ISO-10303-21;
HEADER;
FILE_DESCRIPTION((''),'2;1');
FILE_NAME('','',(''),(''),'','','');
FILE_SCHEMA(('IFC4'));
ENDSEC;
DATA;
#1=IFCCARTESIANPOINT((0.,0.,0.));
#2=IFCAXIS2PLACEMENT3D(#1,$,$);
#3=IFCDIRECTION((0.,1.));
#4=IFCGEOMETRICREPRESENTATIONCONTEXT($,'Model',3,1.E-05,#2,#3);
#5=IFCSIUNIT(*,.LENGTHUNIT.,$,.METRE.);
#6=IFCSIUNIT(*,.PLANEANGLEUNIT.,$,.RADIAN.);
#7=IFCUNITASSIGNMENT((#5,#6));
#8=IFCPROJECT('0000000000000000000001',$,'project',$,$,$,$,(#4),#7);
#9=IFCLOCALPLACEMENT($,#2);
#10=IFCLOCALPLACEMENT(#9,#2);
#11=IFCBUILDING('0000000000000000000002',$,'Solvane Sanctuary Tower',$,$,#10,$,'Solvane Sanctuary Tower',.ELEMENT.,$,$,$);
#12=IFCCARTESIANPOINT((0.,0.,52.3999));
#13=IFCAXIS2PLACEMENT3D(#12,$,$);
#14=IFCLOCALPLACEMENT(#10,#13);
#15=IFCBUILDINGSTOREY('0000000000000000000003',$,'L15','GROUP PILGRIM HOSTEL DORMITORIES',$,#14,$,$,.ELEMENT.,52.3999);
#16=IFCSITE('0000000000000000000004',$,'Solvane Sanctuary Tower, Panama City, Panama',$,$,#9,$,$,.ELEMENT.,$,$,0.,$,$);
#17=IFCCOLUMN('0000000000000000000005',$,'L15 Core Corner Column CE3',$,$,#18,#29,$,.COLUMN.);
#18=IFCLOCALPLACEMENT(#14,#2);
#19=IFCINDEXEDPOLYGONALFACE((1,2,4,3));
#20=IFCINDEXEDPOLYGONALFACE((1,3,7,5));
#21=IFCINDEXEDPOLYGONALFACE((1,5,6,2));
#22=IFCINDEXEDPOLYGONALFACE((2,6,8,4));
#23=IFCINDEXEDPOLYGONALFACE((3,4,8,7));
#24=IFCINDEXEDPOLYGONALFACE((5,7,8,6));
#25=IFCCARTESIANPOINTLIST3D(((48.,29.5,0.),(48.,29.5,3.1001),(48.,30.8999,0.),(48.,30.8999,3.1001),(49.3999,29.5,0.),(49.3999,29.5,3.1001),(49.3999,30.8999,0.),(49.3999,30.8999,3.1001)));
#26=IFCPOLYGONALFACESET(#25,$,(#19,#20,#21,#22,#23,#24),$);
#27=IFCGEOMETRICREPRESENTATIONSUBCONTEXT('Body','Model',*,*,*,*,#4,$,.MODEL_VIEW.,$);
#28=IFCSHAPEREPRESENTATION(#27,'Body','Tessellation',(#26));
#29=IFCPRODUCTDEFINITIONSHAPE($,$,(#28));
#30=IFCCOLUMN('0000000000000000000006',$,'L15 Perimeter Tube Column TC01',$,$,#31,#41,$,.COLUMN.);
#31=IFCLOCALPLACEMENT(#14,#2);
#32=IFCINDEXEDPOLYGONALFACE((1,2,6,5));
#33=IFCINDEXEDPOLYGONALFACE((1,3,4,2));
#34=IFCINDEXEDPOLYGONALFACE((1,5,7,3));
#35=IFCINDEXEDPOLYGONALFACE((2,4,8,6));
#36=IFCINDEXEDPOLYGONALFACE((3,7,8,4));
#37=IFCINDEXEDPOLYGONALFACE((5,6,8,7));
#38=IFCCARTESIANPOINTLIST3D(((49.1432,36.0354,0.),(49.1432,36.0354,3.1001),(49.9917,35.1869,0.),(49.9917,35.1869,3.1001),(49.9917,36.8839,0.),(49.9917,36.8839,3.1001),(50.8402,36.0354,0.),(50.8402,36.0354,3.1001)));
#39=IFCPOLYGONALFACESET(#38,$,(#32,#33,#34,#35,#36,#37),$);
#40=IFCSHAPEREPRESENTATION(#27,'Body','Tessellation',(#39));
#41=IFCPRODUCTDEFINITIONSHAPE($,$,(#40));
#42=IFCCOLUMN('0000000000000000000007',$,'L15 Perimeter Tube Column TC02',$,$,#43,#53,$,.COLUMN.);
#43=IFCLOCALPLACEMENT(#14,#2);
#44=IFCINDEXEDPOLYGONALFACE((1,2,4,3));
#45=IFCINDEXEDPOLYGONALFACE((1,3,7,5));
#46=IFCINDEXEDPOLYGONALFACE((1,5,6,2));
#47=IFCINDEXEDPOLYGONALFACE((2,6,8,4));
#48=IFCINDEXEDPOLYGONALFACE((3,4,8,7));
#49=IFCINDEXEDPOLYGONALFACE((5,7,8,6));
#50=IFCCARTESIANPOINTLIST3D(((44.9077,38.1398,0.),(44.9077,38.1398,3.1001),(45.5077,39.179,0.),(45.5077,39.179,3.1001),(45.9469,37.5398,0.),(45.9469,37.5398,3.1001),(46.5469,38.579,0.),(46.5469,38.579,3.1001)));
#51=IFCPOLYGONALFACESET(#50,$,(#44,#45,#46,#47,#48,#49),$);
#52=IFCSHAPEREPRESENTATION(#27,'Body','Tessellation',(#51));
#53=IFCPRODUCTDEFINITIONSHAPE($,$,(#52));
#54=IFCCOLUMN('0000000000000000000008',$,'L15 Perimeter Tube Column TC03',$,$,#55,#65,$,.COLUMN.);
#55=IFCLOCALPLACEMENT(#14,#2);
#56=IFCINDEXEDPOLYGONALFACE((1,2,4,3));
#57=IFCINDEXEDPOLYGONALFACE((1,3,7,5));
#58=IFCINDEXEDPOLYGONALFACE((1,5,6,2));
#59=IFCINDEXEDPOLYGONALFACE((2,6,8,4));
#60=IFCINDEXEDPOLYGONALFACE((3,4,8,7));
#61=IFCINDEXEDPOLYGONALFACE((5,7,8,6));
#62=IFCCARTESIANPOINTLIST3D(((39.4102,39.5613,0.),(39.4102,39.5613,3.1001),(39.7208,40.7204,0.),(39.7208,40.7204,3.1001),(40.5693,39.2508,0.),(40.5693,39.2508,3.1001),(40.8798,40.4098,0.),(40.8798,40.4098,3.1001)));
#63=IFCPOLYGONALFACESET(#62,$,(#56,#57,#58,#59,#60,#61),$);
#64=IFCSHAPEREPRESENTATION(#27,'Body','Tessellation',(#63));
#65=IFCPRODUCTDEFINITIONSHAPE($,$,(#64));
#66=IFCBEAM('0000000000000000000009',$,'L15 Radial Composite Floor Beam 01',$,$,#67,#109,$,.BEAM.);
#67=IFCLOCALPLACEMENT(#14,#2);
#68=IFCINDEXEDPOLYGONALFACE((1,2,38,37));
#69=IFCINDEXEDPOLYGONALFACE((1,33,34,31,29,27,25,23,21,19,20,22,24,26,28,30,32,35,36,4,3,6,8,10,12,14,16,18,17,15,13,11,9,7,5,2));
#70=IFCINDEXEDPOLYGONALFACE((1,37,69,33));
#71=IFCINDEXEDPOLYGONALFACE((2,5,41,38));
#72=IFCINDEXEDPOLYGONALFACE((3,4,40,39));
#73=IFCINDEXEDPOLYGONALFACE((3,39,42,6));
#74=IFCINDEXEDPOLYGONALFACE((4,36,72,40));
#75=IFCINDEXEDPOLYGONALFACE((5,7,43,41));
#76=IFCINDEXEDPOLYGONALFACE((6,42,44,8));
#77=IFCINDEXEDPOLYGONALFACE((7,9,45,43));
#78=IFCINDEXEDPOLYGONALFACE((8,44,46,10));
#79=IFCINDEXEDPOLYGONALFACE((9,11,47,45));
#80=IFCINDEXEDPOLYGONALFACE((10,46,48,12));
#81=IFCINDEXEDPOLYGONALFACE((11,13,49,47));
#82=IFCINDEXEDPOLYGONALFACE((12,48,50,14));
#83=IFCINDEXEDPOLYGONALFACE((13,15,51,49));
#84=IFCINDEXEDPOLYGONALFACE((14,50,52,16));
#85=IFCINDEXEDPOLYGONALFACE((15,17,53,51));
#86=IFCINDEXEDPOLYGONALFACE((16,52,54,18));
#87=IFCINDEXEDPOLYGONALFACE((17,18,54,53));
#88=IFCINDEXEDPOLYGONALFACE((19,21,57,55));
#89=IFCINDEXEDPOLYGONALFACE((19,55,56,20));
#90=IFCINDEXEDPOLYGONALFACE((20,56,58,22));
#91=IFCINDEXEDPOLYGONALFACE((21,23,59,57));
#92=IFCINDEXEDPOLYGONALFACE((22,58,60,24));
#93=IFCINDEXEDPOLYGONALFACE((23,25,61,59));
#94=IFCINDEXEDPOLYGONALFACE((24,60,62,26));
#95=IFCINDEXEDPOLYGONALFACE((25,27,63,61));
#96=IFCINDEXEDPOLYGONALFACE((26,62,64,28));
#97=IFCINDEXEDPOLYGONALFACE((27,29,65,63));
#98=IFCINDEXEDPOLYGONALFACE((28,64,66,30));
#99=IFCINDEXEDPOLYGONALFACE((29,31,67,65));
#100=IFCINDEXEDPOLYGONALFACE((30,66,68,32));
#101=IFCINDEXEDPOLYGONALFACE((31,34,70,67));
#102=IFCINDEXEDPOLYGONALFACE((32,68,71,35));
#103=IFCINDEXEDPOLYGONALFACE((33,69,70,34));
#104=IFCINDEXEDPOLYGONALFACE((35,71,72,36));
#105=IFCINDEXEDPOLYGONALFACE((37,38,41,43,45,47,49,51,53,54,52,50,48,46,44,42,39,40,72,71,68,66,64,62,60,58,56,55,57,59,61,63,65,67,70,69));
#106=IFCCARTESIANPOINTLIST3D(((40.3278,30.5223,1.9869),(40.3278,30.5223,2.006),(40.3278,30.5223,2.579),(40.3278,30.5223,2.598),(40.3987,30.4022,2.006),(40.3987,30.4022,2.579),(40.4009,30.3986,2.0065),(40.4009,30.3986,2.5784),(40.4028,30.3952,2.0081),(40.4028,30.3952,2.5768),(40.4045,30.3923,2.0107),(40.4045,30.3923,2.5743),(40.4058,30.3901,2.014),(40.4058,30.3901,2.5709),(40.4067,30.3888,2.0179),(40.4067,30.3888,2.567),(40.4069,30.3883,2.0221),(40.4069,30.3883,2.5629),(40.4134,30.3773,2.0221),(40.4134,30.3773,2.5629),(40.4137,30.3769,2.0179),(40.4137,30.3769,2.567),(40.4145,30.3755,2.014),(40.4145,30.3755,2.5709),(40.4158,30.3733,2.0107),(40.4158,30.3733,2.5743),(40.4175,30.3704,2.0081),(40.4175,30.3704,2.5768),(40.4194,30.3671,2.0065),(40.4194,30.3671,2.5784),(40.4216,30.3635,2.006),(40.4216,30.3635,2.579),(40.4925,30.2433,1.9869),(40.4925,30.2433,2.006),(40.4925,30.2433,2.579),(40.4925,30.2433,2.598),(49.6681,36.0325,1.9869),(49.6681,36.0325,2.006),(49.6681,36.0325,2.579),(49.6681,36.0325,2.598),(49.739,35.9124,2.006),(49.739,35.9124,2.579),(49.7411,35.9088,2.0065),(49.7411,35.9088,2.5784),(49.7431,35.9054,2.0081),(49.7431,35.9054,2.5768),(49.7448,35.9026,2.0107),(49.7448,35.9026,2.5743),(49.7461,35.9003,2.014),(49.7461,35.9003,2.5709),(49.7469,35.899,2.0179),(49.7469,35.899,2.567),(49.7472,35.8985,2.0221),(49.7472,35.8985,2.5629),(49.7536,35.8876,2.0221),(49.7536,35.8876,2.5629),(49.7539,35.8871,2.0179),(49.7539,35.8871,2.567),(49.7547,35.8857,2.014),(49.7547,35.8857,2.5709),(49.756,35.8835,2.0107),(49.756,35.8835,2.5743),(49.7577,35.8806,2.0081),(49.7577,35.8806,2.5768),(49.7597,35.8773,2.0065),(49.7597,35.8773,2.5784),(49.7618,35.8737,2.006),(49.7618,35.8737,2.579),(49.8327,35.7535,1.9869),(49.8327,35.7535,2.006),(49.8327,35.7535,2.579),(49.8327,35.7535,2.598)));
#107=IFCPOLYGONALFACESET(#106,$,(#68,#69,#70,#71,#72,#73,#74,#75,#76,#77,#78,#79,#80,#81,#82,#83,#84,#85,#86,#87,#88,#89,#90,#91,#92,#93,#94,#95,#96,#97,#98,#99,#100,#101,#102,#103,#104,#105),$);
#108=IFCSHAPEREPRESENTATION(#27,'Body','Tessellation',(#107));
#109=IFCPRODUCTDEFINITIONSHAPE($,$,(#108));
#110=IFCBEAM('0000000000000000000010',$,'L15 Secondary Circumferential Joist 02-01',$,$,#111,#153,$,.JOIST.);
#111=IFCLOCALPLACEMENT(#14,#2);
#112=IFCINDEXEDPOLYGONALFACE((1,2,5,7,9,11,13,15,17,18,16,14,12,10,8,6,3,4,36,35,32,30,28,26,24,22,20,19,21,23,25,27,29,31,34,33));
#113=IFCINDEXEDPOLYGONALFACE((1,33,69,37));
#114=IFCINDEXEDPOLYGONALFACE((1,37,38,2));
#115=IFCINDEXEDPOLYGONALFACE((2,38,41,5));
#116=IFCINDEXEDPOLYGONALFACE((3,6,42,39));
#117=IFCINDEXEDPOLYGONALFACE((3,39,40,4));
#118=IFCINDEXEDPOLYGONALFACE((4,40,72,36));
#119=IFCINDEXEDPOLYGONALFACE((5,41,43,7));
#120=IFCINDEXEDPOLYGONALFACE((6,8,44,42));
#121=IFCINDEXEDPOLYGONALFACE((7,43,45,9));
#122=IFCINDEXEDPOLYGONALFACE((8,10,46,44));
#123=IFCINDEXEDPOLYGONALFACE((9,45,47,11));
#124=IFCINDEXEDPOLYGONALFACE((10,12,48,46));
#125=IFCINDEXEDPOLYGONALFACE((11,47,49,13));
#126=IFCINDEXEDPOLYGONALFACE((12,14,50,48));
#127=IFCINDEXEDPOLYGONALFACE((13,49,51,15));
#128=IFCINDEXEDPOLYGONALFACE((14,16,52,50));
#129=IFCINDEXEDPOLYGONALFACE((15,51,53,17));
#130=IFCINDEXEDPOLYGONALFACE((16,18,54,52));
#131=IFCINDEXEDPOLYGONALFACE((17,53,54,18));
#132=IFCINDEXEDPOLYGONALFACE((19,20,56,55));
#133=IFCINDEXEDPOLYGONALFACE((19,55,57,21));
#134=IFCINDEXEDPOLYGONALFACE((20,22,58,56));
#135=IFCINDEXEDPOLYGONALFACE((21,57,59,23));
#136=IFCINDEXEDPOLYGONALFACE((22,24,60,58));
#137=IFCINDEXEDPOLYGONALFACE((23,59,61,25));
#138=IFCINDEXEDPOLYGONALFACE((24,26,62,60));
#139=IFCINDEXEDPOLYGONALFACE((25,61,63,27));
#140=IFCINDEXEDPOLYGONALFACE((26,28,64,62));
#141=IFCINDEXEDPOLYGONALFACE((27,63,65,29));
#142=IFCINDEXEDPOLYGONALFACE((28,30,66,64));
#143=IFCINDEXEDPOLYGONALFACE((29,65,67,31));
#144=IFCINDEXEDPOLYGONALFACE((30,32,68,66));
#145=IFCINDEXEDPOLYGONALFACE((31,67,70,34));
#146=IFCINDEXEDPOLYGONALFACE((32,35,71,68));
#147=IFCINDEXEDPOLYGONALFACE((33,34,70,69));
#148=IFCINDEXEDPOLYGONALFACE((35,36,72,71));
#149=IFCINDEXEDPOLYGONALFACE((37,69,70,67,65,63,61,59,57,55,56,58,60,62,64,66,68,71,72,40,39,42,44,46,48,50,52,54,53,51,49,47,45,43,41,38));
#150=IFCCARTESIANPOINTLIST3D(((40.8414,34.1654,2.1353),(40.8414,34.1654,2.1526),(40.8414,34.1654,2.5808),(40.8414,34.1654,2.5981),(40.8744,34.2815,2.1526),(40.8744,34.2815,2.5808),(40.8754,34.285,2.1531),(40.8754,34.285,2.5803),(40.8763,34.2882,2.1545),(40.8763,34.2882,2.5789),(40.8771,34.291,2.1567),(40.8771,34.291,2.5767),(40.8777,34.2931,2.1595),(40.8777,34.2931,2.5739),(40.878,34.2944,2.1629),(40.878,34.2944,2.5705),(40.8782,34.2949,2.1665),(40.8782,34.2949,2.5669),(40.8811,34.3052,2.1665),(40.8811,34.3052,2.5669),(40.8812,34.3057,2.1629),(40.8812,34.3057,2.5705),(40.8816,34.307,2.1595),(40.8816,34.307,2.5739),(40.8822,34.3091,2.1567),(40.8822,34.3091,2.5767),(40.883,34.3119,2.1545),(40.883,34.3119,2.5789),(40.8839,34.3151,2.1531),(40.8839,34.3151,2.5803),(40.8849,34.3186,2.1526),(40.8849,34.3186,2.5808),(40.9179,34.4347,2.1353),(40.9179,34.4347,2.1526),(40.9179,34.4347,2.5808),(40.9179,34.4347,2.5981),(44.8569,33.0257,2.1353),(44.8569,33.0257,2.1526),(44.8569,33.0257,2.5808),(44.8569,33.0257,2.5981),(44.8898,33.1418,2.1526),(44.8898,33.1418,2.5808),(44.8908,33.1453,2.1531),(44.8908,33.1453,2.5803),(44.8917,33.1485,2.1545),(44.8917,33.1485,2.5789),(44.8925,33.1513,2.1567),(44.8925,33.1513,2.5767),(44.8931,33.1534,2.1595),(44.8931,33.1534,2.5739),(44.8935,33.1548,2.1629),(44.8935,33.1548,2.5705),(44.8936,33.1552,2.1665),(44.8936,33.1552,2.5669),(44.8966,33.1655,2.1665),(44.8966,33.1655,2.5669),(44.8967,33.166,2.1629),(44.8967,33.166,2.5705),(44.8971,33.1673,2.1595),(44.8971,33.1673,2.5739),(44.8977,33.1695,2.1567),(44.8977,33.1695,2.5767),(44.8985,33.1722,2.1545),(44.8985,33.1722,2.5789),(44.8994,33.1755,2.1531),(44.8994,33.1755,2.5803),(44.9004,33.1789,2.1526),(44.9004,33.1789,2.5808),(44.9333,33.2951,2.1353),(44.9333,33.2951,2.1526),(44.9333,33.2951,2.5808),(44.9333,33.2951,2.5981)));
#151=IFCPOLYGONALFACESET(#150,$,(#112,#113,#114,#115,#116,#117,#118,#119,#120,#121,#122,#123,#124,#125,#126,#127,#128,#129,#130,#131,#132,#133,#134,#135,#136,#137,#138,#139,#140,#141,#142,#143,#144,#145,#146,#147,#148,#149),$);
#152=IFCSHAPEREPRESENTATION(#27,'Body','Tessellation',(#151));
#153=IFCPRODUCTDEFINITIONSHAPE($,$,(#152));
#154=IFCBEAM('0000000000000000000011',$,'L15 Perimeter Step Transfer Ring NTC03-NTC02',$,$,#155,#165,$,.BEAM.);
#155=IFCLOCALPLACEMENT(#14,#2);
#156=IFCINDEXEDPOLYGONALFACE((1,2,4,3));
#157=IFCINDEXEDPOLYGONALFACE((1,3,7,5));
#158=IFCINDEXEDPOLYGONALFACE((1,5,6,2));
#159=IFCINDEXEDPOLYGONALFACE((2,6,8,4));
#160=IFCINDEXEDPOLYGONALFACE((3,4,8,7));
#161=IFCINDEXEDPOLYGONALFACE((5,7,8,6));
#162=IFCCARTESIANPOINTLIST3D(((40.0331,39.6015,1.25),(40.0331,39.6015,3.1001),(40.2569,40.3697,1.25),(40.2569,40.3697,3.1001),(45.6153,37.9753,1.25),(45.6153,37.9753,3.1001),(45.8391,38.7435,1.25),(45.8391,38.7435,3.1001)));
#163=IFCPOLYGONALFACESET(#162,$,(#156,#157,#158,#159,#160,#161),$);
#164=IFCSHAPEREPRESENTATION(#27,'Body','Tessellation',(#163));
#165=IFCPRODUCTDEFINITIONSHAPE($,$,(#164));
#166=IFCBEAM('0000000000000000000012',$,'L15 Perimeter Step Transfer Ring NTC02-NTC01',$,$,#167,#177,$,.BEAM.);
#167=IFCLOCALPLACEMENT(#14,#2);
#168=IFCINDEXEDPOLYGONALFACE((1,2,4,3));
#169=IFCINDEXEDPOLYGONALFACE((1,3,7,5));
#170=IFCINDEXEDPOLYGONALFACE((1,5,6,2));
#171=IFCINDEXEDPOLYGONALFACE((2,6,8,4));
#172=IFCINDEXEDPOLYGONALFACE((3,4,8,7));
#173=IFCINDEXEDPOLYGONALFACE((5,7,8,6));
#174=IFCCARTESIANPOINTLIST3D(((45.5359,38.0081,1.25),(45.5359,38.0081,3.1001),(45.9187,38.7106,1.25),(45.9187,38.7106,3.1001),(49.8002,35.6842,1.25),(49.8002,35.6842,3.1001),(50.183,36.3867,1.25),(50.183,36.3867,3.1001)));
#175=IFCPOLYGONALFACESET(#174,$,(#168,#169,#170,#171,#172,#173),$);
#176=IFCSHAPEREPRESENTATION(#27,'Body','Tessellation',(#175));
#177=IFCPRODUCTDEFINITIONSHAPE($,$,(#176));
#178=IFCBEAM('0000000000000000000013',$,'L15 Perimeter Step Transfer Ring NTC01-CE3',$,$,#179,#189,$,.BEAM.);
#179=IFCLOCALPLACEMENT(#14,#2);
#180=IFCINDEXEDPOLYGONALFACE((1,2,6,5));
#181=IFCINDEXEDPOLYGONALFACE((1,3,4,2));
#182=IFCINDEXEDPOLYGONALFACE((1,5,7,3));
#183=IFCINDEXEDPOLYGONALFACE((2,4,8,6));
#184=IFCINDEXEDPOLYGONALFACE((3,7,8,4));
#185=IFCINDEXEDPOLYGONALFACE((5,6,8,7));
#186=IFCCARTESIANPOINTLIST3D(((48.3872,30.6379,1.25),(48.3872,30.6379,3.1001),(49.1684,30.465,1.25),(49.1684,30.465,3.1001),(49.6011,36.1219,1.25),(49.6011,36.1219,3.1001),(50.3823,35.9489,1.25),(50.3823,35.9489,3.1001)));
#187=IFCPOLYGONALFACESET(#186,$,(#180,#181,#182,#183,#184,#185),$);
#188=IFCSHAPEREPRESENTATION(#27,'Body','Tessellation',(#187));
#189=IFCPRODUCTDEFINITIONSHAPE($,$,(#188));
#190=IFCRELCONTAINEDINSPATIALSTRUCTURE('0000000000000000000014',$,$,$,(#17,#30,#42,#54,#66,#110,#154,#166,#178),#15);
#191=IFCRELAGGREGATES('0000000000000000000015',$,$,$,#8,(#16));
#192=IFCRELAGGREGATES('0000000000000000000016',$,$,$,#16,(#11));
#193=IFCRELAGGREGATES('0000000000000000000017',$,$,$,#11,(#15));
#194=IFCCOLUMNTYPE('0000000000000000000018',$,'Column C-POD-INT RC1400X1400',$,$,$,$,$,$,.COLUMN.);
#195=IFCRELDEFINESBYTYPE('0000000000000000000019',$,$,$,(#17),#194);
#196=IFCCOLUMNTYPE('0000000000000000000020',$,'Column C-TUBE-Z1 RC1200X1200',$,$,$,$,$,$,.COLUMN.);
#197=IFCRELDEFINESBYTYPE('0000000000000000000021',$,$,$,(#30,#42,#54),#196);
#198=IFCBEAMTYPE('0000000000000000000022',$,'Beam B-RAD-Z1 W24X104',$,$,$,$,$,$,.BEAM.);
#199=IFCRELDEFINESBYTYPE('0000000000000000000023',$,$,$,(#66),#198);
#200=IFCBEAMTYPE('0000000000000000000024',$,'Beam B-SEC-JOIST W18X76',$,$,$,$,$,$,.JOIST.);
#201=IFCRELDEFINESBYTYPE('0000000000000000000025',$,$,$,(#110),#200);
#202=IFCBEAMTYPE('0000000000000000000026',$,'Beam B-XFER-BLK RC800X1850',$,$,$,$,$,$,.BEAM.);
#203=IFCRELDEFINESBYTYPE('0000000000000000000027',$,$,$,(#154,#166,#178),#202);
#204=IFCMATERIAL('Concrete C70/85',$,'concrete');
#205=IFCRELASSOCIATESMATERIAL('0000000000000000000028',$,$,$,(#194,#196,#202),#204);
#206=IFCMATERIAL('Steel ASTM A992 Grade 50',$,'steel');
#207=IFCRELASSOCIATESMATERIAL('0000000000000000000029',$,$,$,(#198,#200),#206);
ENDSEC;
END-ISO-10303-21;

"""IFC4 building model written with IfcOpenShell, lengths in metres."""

from ifc_helpers import new_model, si_unit, direction, frame, origin, origin_2d, place, context, subcontext, project, spatial, rectangle, i_section, extrude, material, material_profile, profile_set, type_object, element, save


model = new_model("IFC4")

# Units and contexts
model_context = context("Model", 3, precision=1e-05, world=origin(), true_north=direction((0.0, 1.0)))
body_context = subcontext(model_context, "Body", "Model", "MODEL_VIEW")
ifc_project = project(units=[si_unit("LENGTHUNIT", "METRE"), si_unit("PLANEANGLEUNIT", "RADIAN")], contexts=[model_context])

# Site, building, storey
site_placement = place(None, origin())
site = spatial("IfcSite", under=ifc_project, at=site_placement, Name="Solvane Sanctuary Tower, Panama City, Panama", CompositionType="ELEMENT", RefElevation=0.0)
building_placement = place(site_placement, origin())
building = spatial("IfcBuilding", under=site, at=building_placement, Name="Solvane Sanctuary Tower", LongName="Solvane Sanctuary Tower", CompositionType="ELEMENT")
storey_placement = place(building_placement, frame((0.0, 0.0, 52.3999)))
storey = spatial("IfcBuildingStorey", under=building, at=storey_placement, Name="L15", Description="GROUP PILGRIM HOSTEL DORMITORIES", CompositionType="ELEMENT", Elevation=52.3999)

# Columns
ifc_material_1 = material(Name="Concrete C70/85", Category="concrete")
ifc_material_profile_1 = material_profile(ifc_material_1, rectangle(XDim=1.3999, YDim=1.3999, at=origin_2d()), Name="RC1400X1400")
ifc_profile_set_1 = profile_set([ifc_material_profile_1], Name="Concrete C70/85")
column_type_1 = type_object("IfcColumnType", Name="Column C-POD-INT RC1400X1400", PredefinedType="COLUMN", material=ifc_profile_set_1)
column_placement = place(storey_placement, frame((48.7, 30.2, 0.0), z_axis=(0.0, 0.0, 1.0), x_axis=(1.0, 0.0, 0.0)))
element("IfcColumn", 1, at=column_placement, inside=storey, type_object=column_type_1, Name="L15 Core Corner Column CE3", PredefinedType="COLUMN", context=body_context, shape_type="SweptSolid", body=[
    extrude(rectangle(XDim=1.3999, YDim=1.3999, at=origin_2d()), origin(), (0.0, 0.0, 1.0), 3.1001),
])
ifc_material_profile_2 = material_profile(ifc_material_1, rectangle(XDim=1.2, YDim=1.2, at=origin_2d()), Name="RC1200X1200")
ifc_profile_set_2 = profile_set([ifc_material_profile_2], Name="Concrete C70/85")
column_type_2 = type_object("IfcColumnType", Name="Column C-TUBE-Z1 RC1200X1200", PredefinedType="COLUMN", material=ifc_profile_set_2)
for number, where, z_axis, x_axis, name in (
    (2, (49.9917, 36.0354, 0.0), (0.0, 0.0, 1.0), (0.707107, 0.707107, 0.0), "L15 Perimeter Tube Column TC01"),
    (3, (45.7273, 38.3594, 0.0), (0.0, 0.0, 1.0), (0.5, 0.866025, 0.0), "L15 Perimeter Tube Column TC02"),
    (4, (40.145, 39.9856, 0.0), (0.0, 0.0, 1.0), (0.258819, 0.965926, 0.0), "L15 Perimeter Tube Column TC03"),
):
    element("IfcColumn", number, at=place(storey_placement, frame(where, z_axis=z_axis, x_axis=x_axis)), inside=storey, type_object=column_type_2, Name=name, PredefinedType="COLUMN", context=body_context, shape_type="SweptSolid", body=[
        extrude(rectangle(XDim=1.2, YDim=1.2, at=origin_2d()), origin(), (0.0, 0.0, 1.0), 3.1001),
    ])

# Beams
ifc_material_2 = material(Name="Steel ASTM A992 Grade 50", Category="steel")
ifc_material_profile_3 = material_profile(ifc_material_2, i_section(OverallWidth=0.324, OverallDepth=0.6111, WebThickness=0.0127, FlangeThickness=0.019, FilletRadius=0.0161, at=origin_2d()), Name="W24X104")
ifc_profile_set_3 = profile_set([ifc_material_profile_3], Name="Steel ASTM A992 Grade 50")
beam_type_1 = type_object("IfcBeamType", Name="Beam B-RAD-Z1 W24X104", PredefinedType="BEAM", material=ifc_profile_set_3)
beam_1_placement = place(storey_placement, frame((40.4102, 30.3828, 2.2925), z_axis=(0.861291, 0.508112, 0.0), x_axis=(-0.508112, 0.861291, 0.0)))
element("IfcBeam", 5, at=beam_1_placement, inside=storey, type_object=beam_type_1, Name="L15 Radial Composite Floor Beam 01", PredefinedType="BEAM", context=body_context, shape_type="SweptSolid", body=[
    extrude(i_section(OverallWidth=0.324, OverallDepth=0.6111, WebThickness=0.0127, FlangeThickness=0.019, FilletRadius=0.0161, at=origin_2d()), origin(), (0.0, 0.0, 1.0), 10.8445),
])
ifc_material_profile_4 = material_profile(ifc_material_2, i_section(OverallWidth=0.28, OverallDepth=0.4629, WebThickness=0.0107, FlangeThickness=0.0173, FilletRadius=0.0139, at=origin_2d()), Name="W18X76")
ifc_profile_set_4 = profile_set([ifc_material_profile_4], Name="Steel ASTM A992 Grade 50")
beam_type_2 = type_object("IfcBeamType", Name="Beam B-SEC-JOIST W18X76", PredefinedType="JOIST", material=ifc_profile_set_4)
beam_2_placement = place(storey_placement, frame((40.8796, 34.3, 2.3667), z_axis=(0.962004, -0.273037, 0.0), x_axis=(0.273037, 0.962004, 0.0)))
element("IfcBeam", 6, at=beam_2_placement, inside=storey, type_object=beam_type_2, Name="L15 Secondary Circumferential Joist 02-01", PredefinedType="JOIST", context=body_context, shape_type="SweptSolid", body=[
    extrude(i_section(OverallWidth=0.28, OverallDepth=0.4629, WebThickness=0.0107, FlangeThickness=0.0173, FilletRadius=0.0139, at=origin_2d()), origin(), (0.0, 0.0, 1.0), 4.1741),
])
ifc_material_profile_5 = material_profile(ifc_material_1, rectangle(XDim=0.8, YDim=1.8501, at=origin_2d()), Name="RC800X1850")
ifc_profile_set_5 = profile_set([ifc_material_profile_5], Name="Concrete C70/85")
beam_type_3 = type_object("IfcBeamType", Name="Beam B-XFER-BLK RC800X1850", PredefinedType="BEAM", material=ifc_profile_set_5)
beam_3_placement = place(storey_placement, frame((40.145, 39.9856, 2.175), z_axis=(0.96009, -0.279692, 0.0), x_axis=(0.279692, 0.96009, 0.0)))
element("IfcBeam", 7, at=beam_3_placement, inside=storey, type_object=beam_type_3, Name="L15 Perimeter Step Transfer Ring NTC03-NTC02", PredefinedType="BEAM", context=body_context, shape_type="SweptSolid", body=[
    extrude(rectangle(XDim=0.8, YDim=1.8501, at=origin_2d()), origin(), (0.0, 0.0, 1.0), 5.8142),
])
beam_4_placement = place(storey_placement, frame((45.7273, 38.3594, 2.175), z_axis=(0.878074, -0.478525, 0.0), x_axis=(0.478525, 0.878074, 0.0)))
element("IfcBeam", 8, at=beam_4_placement, inside=storey, type_object=beam_type_3, Name="L15 Perimeter Step Transfer Ring NTC02-NTC01", PredefinedType="BEAM", context=body_context, shape_type="SweptSolid", body=[
    extrude(rectangle(XDim=0.8, YDim=1.8501, at=origin_2d()), origin(), (0.0, 0.0, 1.0), 4.8564),
])
beam_5_placement = place(storey_placement, frame((49.9917, 36.0354, 2.175), z_axis=(-0.21612, -0.976367, 0.0), x_axis=(0.976367, -0.21612, 0.0)))
element("IfcBeam", 9, at=beam_5_placement, inside=storey, type_object=beam_type_3, Name="L15 Perimeter Step Transfer Ring NTC01-CE3", PredefinedType="BEAM", context=body_context, shape_type="SweptSolid", body=[
    extrude(rectangle(XDim=0.8, YDim=1.8501, at=origin_2d()), origin(), (0.0, 0.0, 1.0), 5.6167),
])

save(model, "model.ifc")
